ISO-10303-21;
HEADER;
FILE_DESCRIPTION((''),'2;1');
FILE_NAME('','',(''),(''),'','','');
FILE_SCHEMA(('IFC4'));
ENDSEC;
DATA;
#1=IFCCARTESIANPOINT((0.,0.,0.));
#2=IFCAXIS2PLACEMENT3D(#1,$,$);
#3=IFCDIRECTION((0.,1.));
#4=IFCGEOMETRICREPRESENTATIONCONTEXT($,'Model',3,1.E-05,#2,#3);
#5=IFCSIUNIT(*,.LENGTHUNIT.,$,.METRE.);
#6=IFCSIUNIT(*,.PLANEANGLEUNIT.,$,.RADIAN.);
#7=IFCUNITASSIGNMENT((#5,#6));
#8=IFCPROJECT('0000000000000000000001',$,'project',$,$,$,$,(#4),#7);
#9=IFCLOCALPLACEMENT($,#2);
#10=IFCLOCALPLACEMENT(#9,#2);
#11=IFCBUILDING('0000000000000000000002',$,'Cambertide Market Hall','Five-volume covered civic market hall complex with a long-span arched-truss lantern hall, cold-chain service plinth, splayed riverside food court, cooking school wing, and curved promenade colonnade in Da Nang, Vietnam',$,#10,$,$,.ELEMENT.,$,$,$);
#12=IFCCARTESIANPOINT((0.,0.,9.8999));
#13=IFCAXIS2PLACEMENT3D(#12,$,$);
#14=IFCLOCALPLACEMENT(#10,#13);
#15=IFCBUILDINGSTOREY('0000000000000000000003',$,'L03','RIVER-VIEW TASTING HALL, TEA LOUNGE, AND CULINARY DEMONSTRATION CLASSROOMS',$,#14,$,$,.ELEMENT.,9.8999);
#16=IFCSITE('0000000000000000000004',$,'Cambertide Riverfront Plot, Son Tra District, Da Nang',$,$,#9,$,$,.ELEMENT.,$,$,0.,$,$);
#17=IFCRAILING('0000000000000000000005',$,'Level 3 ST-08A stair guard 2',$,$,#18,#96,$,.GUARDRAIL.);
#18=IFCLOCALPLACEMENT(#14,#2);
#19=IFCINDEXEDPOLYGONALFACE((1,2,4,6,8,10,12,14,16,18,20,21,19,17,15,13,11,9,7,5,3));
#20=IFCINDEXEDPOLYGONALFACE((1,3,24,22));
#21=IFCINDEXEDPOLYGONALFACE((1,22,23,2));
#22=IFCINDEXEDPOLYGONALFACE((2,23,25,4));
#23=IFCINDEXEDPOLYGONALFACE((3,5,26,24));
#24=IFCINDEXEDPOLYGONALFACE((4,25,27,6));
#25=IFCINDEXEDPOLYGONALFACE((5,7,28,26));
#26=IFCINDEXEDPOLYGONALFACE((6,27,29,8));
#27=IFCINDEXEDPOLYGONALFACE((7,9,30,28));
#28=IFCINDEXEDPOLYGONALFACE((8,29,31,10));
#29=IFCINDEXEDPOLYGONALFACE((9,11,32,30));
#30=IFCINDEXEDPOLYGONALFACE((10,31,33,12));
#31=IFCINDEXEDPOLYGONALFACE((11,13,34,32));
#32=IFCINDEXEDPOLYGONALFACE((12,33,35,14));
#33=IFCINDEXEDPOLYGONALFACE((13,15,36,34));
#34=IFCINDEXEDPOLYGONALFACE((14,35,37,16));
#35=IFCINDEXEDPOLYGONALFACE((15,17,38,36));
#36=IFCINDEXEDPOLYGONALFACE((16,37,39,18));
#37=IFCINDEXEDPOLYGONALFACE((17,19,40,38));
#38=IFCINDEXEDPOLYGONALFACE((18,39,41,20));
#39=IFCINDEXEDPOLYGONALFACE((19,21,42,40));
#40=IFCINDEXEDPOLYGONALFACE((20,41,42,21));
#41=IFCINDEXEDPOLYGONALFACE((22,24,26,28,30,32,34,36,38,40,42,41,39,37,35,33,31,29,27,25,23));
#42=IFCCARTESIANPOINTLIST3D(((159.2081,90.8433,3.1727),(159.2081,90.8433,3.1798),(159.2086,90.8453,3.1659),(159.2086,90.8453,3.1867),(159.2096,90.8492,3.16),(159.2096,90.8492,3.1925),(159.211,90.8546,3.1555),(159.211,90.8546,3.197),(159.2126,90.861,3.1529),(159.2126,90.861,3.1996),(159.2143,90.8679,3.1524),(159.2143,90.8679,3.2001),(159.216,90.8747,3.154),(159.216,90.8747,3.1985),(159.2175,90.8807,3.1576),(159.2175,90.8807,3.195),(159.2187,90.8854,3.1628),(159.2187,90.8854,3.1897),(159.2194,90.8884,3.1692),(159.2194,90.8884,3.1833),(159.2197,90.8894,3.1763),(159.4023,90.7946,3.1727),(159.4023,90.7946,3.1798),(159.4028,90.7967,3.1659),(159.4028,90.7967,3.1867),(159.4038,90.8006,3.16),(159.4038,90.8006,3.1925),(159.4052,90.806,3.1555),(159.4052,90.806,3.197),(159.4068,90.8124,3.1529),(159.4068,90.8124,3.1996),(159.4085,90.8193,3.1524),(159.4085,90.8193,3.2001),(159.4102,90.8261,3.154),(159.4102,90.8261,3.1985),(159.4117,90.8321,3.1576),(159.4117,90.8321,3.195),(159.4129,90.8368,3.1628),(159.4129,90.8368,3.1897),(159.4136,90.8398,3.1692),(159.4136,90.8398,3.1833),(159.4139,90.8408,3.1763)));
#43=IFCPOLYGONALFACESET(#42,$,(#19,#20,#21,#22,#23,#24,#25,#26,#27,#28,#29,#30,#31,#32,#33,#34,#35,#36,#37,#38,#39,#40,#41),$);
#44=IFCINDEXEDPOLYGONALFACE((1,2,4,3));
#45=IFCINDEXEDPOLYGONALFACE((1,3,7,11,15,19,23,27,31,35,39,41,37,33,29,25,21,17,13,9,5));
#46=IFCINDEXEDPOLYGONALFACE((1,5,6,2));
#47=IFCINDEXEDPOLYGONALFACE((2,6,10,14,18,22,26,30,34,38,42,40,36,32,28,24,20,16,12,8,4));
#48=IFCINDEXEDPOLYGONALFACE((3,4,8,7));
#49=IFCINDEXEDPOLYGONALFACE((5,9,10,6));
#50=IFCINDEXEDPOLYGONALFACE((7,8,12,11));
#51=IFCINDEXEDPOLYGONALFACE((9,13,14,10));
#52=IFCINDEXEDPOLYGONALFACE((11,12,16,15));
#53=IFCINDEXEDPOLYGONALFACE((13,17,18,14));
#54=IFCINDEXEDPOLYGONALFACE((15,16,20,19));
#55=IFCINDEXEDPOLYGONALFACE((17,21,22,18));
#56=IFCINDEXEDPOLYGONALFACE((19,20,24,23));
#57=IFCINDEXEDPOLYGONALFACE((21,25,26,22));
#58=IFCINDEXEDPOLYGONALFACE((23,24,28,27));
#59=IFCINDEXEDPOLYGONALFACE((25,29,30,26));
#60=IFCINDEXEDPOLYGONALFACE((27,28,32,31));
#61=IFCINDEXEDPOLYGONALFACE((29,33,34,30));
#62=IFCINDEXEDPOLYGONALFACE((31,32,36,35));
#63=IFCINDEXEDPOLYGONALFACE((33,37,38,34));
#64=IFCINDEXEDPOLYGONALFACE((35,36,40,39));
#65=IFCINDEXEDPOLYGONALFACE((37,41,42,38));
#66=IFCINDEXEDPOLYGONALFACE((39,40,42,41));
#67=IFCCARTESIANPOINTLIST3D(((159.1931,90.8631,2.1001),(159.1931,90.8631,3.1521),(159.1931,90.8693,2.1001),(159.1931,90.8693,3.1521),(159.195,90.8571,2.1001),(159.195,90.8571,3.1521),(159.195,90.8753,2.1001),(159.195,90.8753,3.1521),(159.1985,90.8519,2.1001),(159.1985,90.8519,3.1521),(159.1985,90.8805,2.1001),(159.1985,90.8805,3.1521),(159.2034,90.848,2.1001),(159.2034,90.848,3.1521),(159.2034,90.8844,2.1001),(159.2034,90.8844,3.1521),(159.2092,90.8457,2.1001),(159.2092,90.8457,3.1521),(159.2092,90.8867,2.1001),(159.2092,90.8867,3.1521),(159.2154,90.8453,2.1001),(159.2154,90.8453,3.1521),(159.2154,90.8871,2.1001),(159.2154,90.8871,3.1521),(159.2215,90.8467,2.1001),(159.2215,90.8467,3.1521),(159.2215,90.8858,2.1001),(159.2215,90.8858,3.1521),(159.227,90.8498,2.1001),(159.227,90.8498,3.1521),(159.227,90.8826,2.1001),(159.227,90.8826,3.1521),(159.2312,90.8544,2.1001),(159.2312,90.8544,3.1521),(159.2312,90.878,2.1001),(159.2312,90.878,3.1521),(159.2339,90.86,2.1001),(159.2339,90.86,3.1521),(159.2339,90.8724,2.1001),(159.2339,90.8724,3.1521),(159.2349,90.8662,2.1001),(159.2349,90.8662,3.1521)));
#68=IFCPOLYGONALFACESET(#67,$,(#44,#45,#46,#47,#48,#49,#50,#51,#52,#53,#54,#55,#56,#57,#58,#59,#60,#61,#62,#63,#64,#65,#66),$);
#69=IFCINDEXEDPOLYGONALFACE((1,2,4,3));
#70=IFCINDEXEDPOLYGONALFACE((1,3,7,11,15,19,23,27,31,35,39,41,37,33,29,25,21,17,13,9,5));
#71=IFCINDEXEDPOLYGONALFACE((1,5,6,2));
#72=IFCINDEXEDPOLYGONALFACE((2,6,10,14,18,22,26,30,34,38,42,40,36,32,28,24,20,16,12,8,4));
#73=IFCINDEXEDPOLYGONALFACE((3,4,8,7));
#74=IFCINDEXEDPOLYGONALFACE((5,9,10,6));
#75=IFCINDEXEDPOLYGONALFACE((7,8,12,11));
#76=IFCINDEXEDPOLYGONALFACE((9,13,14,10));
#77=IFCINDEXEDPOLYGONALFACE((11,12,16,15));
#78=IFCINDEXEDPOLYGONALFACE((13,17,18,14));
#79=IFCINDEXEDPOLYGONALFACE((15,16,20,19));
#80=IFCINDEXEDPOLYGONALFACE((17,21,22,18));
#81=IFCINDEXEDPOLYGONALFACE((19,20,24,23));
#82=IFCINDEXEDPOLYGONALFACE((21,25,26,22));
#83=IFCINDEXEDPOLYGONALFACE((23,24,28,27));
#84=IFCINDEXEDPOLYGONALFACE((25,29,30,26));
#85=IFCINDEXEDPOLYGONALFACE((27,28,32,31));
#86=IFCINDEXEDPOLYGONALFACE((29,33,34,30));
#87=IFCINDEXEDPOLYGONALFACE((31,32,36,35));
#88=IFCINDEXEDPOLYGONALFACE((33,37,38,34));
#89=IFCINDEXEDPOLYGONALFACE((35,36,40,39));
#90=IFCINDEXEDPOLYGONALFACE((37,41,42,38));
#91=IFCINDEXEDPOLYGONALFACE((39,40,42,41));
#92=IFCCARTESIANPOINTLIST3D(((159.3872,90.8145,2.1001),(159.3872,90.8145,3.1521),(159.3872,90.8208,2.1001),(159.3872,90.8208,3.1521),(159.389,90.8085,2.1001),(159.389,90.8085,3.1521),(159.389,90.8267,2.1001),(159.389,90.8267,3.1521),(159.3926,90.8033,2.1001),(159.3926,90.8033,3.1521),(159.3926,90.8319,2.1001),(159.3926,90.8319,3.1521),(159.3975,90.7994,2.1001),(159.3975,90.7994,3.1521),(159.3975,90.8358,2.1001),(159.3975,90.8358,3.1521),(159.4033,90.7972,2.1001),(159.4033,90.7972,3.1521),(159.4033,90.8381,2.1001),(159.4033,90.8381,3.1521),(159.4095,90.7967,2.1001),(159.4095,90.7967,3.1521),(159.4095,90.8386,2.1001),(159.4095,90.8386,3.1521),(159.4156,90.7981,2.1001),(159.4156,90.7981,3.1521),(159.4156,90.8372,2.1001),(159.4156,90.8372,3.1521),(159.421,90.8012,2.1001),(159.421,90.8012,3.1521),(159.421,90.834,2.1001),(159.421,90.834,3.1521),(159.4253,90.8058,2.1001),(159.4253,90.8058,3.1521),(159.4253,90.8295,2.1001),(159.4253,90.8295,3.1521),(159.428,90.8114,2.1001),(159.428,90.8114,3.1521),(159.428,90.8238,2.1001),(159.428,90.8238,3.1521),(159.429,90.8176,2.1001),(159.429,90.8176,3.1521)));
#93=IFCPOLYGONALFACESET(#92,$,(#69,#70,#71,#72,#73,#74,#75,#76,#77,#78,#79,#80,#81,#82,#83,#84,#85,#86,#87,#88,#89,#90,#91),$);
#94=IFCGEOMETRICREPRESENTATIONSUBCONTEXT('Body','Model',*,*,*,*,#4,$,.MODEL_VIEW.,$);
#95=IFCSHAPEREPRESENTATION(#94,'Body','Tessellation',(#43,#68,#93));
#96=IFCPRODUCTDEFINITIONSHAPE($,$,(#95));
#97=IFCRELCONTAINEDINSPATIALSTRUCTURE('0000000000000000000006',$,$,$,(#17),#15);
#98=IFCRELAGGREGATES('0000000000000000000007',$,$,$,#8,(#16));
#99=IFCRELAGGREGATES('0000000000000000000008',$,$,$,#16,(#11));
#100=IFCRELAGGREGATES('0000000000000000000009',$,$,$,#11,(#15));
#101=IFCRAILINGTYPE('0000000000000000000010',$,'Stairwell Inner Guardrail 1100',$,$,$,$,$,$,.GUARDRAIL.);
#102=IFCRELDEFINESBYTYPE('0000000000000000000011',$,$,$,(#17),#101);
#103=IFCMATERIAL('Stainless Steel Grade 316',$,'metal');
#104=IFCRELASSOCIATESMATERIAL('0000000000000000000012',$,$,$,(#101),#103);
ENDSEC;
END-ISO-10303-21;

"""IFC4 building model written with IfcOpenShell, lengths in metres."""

from ifc_helpers import new_model, si_unit, direction, frame, origin, origin_2d, place, context, subcontext, project, spatial, circle, extrude, material, type_object, element, save


model = new_model("IFC4")

# Units and contexts
model_context = context("Model", 3, precision=1e-05, world=origin(), true_north=direction((0.0, 1.0)))
body_context = subcontext(model_context, "Body", "Model", "MODEL_VIEW")
ifc_project = project(units=[si_unit("LENGTHUNIT", "METRE"), si_unit("PLANEANGLEUNIT", "RADIAN")], contexts=[model_context])

# Site, building, storey
site_placement = place(None, origin())
site = spatial("IfcSite", under=ifc_project, at=site_placement, Name="Cambertide Riverfront Plot, Son Tra District, Da Nang", CompositionType="ELEMENT", RefElevation=0.0)
building_placement = place(site_placement, origin())
building = spatial("IfcBuilding", under=site, at=building_placement, Name="Cambertide Market Hall", Description="Five-volume covered civic market hall complex with a long-span arched-truss lantern hall, cold-chain service plinth, splayed riverside food court, cooking school wing, and curved promenade colonnade in Da Nang, Vietnam", CompositionType="ELEMENT")
storey_placement = place(building_placement, frame((0.0, 0.0, 9.8999)))
storey = spatial("IfcBuildingStorey", under=building, at=storey_placement, Name="L03", Description="RIVER-VIEW TASTING HALL, TEA LOUNGE, AND CULINARY DEMONSTRATION CLASSROOMS", CompositionType="ELEMENT", Elevation=9.8999)

# Railing
ifc_material_1 = material(Name="Stainless Steel Grade 316", Category="metal")
railing_type_1 = type_object("IfcRailingType", Name="Stairwell Inner Guardrail 1100", PredefinedType="GUARDRAIL", material=ifc_material_1)
railing_1_placement = place(storey_placement, frame((159.2139, 90.8662, 2.1001)))
element("IfcRailing", 1, at=railing_1_placement, inside=storey, type_object=railing_type_1, Name="Level 3 ST-08A stair guard 2", PredefinedType="GUARDRAIL", context=body_context, shape_type="SweptSolid", body=[
    extrude(circle(Radius=0.0239, at=origin_2d()), frame((0.0, 0.0, 1.0762), z_axis=(0.970071, -0.242823, 0.0), x_axis=(0.242823, 0.970071, 0.0)), (0.0, 0.0, 1.0), 0.2002),
    extrude(circle(Radius=0.021, at=origin_2d()), origin(), (0.0, 0.0, 1.0), 1.052),
    extrude(circle(Radius=0.021, at=origin_2d()), frame((0.1941, -0.0486, 0.0)), (0.0, 0.0, 1.0), 1.052),
])

save(model, "model.ifc")
